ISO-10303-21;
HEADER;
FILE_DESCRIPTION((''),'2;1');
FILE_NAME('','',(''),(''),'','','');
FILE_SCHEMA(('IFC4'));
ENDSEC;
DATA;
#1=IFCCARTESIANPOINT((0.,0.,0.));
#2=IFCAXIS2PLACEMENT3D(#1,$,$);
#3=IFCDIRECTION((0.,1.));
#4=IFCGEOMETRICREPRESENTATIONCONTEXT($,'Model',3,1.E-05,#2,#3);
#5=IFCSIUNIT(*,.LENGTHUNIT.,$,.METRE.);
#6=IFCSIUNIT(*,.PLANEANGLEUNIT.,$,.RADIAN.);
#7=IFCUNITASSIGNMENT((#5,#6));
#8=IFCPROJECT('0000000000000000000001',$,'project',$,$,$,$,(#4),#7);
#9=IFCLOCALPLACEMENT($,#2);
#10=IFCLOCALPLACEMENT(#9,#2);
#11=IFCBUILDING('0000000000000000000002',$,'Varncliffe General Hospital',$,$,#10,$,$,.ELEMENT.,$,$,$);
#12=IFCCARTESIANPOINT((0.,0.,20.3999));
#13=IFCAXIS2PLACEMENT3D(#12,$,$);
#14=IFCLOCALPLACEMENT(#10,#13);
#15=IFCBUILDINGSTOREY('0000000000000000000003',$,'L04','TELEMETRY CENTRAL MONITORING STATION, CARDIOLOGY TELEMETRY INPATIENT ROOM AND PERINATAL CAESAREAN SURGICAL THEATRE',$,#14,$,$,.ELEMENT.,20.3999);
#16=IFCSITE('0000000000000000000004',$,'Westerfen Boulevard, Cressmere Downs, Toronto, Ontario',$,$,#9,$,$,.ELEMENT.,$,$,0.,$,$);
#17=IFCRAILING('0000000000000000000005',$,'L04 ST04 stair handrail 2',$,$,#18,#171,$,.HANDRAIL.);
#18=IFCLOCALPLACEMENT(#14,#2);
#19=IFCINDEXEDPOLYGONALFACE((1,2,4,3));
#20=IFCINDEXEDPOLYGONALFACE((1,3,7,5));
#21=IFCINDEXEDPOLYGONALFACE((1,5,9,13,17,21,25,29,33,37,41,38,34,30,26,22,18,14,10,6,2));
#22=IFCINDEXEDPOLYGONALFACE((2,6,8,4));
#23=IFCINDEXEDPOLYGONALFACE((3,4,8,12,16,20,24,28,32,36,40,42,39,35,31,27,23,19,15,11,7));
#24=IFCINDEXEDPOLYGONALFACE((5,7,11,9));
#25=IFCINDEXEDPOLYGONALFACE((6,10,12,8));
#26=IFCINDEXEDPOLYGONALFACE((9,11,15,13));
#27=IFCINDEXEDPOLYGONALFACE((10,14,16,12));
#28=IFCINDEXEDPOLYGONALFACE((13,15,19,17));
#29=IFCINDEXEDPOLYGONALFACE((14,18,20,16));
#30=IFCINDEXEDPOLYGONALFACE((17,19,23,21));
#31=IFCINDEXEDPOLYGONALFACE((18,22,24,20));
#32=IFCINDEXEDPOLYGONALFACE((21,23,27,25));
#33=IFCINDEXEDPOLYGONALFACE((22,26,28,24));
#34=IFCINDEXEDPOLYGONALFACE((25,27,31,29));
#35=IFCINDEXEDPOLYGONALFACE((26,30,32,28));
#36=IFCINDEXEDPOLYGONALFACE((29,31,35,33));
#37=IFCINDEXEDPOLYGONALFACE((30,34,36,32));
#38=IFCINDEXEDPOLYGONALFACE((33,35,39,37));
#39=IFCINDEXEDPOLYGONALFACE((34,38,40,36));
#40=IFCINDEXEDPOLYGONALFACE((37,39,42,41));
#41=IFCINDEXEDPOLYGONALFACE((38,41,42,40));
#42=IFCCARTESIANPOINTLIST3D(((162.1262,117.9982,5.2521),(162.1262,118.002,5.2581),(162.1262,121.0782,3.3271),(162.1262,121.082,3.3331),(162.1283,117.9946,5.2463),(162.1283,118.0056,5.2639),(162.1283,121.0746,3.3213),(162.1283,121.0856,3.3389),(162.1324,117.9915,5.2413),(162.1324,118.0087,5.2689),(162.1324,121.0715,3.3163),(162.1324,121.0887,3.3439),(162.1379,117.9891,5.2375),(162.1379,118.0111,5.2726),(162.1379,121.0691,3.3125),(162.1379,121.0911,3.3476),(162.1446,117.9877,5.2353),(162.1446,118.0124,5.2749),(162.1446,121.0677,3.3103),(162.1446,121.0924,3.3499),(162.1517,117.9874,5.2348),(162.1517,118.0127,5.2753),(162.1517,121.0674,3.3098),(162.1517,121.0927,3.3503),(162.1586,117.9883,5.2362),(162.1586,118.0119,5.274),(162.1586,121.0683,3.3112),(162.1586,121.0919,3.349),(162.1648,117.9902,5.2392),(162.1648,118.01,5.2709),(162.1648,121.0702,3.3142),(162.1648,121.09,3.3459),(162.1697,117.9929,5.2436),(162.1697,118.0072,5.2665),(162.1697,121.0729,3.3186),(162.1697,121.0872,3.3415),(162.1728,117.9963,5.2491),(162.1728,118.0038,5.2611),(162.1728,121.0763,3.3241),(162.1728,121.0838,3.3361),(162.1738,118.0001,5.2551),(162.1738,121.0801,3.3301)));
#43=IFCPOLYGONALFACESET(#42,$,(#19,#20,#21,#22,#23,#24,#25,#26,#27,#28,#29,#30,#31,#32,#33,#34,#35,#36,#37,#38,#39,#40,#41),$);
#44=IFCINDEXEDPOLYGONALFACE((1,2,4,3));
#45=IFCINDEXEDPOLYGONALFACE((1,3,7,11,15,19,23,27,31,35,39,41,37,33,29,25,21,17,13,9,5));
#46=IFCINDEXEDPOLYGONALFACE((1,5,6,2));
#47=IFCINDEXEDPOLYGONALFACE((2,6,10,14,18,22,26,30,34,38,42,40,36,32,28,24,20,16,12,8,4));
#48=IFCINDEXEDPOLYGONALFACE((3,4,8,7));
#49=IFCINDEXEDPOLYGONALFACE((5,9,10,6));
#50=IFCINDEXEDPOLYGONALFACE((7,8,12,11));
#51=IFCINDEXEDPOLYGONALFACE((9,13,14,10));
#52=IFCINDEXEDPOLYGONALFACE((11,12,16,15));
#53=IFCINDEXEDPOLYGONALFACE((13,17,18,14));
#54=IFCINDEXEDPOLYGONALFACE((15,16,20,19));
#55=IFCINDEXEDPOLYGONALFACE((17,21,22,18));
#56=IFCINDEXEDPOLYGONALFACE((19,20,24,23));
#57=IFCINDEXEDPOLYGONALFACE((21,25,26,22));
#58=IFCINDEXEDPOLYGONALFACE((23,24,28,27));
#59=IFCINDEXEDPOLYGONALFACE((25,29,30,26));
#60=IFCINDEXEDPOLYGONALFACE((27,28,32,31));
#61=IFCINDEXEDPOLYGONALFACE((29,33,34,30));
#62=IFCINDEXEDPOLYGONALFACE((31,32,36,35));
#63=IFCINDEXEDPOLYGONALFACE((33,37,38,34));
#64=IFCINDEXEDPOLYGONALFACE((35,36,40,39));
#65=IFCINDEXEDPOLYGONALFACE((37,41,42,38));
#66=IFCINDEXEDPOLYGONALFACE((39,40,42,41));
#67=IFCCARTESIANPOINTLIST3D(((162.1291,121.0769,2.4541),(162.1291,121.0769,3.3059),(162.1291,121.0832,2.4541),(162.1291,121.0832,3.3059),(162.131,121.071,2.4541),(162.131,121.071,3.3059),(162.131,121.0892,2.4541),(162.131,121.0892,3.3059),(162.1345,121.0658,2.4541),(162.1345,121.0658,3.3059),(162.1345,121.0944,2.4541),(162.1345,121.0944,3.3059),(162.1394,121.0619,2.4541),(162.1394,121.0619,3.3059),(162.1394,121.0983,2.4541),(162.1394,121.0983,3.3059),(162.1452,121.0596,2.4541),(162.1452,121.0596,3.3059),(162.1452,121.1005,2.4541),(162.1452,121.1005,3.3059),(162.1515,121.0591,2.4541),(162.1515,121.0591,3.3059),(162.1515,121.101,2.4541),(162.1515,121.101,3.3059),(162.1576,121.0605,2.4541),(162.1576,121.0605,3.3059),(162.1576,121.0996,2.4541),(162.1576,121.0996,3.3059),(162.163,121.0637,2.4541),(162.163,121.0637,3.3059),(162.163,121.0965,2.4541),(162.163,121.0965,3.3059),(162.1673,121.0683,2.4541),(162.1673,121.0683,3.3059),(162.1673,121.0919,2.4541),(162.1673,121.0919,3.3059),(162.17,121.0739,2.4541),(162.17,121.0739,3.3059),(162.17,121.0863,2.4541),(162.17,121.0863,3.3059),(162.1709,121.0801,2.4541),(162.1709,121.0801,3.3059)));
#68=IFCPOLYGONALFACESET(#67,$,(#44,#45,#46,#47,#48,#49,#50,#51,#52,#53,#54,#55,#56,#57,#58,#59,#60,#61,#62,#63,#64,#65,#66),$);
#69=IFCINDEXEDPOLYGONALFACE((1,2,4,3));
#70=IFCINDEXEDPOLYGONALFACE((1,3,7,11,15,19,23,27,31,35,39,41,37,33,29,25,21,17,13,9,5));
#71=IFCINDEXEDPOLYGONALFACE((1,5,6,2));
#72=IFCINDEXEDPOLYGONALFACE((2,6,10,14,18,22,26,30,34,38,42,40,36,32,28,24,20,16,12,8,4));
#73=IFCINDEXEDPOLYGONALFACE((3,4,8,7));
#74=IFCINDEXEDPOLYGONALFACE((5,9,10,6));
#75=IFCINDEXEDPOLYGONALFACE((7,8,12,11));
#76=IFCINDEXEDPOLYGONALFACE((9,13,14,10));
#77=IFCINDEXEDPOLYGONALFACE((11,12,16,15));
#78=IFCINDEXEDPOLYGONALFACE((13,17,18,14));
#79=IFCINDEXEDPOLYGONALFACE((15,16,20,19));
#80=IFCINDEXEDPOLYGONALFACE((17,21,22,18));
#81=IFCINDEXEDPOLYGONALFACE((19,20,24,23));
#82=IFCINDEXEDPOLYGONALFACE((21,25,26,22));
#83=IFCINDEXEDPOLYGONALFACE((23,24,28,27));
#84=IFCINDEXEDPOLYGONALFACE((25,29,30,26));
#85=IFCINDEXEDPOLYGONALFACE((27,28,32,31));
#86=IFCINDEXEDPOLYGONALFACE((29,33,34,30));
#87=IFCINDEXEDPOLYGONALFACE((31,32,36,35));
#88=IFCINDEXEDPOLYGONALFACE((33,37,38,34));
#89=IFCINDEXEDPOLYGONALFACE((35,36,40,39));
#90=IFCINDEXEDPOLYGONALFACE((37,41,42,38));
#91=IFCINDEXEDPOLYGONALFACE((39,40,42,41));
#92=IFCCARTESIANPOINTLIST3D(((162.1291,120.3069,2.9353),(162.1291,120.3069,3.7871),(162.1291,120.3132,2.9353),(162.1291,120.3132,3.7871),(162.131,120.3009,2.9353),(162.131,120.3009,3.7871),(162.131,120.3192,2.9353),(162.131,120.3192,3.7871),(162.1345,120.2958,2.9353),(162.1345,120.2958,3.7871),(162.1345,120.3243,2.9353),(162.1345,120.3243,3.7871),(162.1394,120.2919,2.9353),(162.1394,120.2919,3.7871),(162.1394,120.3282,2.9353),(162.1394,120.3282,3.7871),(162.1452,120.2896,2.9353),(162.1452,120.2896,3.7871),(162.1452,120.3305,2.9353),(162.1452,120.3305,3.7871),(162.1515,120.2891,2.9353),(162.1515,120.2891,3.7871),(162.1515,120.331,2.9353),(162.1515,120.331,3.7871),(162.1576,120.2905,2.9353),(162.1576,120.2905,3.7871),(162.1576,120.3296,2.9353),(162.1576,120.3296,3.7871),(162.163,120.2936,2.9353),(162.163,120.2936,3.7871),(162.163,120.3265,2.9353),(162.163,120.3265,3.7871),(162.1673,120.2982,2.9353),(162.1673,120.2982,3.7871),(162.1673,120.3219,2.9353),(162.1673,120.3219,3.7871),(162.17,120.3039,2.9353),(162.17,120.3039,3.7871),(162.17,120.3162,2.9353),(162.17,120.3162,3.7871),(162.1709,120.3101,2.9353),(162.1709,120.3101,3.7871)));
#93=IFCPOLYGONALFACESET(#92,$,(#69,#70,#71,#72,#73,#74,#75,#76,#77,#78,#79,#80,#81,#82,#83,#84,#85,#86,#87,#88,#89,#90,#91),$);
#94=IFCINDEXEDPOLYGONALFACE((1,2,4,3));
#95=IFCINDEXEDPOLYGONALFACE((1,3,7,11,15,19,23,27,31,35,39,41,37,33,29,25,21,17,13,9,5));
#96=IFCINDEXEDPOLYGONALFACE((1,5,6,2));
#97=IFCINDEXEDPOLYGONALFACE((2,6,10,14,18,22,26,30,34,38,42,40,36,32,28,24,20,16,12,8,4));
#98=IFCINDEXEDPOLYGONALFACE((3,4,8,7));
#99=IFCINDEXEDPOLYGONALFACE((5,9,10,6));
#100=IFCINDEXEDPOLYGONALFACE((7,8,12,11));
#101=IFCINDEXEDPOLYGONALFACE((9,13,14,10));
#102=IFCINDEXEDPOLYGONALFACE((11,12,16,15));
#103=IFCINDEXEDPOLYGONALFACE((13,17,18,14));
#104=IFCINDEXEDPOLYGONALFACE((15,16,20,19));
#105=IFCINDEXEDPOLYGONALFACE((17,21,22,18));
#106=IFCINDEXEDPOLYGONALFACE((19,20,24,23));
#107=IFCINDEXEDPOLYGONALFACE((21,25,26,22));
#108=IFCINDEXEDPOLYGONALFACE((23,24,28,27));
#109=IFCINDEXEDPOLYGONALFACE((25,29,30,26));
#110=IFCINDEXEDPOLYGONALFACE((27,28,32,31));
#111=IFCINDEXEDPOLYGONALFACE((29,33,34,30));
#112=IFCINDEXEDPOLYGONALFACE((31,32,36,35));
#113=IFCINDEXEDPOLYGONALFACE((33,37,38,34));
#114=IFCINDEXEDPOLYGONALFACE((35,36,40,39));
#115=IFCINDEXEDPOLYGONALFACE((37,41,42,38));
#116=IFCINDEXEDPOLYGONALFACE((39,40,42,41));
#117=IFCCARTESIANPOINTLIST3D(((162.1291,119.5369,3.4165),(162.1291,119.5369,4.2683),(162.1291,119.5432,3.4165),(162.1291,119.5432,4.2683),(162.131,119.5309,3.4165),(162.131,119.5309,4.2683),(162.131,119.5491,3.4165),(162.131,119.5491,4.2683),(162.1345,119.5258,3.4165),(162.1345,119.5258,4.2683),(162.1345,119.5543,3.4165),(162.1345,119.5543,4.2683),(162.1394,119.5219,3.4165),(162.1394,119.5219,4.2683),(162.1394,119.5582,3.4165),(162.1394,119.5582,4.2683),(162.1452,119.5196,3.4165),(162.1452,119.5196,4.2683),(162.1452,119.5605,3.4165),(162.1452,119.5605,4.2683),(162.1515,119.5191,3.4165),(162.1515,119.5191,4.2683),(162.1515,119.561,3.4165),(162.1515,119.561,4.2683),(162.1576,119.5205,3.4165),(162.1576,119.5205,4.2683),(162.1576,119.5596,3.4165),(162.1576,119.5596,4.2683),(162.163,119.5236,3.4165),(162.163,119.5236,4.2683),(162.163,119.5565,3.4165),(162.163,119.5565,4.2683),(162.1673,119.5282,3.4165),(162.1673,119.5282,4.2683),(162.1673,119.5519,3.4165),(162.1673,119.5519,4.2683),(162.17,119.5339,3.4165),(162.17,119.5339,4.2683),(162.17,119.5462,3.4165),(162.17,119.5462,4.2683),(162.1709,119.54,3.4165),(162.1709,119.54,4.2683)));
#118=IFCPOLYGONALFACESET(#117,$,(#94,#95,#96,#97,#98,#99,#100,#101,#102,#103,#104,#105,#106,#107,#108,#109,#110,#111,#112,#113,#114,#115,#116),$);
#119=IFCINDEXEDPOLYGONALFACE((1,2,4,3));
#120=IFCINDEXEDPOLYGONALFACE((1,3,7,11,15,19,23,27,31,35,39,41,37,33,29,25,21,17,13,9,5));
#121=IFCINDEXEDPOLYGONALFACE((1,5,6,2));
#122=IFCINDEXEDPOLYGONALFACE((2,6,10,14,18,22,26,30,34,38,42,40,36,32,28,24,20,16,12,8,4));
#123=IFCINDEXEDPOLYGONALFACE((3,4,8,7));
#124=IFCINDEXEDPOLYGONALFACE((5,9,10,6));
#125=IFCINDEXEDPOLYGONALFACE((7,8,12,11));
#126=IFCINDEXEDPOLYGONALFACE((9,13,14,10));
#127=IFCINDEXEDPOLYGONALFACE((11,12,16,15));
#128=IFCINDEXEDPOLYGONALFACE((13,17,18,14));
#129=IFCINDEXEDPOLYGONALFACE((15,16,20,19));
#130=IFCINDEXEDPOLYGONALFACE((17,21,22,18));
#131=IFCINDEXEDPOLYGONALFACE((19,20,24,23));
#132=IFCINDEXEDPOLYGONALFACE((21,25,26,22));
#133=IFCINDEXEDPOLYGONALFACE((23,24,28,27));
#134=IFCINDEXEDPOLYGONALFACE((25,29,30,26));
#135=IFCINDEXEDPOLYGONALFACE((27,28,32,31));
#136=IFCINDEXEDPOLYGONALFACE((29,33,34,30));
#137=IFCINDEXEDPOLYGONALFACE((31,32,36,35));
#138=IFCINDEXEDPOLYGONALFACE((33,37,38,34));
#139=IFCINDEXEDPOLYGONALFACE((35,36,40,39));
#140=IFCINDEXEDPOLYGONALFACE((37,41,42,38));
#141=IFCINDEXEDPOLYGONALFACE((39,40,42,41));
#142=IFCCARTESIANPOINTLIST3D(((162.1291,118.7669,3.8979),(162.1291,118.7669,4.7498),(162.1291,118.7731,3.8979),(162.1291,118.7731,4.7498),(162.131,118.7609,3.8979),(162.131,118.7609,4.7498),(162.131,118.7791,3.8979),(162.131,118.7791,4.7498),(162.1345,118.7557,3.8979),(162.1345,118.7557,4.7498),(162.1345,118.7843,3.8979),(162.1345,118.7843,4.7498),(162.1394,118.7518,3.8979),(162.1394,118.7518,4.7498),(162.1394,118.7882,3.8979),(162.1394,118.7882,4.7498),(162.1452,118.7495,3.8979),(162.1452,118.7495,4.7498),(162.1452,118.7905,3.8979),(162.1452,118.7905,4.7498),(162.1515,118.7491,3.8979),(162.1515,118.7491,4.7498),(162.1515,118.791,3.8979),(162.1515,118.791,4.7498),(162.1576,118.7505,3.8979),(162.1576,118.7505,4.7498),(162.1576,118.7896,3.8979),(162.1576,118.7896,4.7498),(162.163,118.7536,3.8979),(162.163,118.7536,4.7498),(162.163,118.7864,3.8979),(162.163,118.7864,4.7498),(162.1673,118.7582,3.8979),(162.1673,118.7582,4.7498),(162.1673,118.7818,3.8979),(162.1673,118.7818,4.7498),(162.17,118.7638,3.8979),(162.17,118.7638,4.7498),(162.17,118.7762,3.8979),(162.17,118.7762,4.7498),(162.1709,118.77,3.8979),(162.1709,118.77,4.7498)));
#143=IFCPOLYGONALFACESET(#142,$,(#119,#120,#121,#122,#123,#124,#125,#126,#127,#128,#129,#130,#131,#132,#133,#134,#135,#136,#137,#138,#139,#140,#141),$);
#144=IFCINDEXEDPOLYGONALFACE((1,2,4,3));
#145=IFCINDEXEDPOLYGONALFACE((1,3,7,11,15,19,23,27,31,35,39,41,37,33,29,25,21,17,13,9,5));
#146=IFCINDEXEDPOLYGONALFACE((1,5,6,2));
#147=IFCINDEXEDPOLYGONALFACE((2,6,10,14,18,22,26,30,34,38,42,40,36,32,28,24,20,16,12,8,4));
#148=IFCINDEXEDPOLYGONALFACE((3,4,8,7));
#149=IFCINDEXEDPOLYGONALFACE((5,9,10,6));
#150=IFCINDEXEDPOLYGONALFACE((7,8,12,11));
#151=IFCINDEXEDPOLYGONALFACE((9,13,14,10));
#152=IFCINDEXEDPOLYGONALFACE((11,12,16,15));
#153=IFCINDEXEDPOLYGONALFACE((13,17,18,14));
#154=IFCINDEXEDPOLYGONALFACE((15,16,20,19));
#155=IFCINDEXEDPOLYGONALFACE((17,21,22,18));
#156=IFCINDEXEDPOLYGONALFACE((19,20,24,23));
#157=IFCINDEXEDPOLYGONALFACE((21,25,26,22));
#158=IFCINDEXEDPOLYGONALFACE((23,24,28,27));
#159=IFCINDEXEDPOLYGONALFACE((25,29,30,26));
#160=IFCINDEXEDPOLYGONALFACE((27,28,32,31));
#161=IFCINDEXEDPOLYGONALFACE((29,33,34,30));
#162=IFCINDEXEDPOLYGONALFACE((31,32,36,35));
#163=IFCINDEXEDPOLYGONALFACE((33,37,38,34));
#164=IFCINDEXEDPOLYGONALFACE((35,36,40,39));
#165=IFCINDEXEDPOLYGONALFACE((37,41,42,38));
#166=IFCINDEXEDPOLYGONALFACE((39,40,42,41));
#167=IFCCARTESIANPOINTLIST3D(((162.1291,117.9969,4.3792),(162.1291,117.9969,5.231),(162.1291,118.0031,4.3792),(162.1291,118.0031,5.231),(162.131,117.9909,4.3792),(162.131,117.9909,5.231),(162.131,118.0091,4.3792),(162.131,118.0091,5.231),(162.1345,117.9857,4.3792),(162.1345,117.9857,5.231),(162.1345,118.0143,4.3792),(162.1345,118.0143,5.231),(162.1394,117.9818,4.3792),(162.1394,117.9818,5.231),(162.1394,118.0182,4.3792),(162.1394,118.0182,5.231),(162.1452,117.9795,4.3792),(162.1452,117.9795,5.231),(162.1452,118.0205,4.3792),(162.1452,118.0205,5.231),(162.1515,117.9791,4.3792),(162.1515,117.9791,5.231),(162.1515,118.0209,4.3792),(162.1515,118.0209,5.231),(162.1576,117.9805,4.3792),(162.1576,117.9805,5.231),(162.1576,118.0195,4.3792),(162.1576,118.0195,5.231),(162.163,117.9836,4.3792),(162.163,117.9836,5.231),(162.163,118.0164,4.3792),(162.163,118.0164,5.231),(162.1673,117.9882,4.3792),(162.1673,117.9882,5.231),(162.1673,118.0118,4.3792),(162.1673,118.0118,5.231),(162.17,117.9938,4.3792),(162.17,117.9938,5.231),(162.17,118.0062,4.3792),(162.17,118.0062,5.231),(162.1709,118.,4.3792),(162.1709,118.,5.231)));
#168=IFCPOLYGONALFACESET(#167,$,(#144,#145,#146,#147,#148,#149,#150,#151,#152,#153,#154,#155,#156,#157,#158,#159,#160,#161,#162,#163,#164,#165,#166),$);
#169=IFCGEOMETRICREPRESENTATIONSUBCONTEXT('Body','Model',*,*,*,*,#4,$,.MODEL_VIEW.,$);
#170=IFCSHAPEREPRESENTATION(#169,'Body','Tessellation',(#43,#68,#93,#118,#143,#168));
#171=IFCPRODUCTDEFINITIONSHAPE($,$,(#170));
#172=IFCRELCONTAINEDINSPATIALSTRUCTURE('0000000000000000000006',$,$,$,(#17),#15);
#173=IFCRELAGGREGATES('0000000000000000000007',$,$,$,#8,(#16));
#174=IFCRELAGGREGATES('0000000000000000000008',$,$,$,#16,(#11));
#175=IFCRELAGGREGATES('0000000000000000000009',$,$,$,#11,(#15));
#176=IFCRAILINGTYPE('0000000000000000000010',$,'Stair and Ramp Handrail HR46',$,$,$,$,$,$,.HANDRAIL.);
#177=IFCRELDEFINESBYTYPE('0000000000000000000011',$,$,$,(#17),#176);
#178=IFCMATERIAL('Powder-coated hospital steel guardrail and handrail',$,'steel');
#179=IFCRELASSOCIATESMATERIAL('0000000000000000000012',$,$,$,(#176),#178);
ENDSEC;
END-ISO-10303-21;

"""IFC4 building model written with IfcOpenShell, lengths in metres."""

from ifc_helpers import new_model, si_unit, direction, frame, origin, origin_2d, place, context, subcontext, project, spatial, circle, extrude, material, type_object, element, save


model = new_model("IFC4")

# Units and contexts
model_context = context("Model", 3, precision=1e-05, world=origin(), true_north=direction((0.0, 1.0)))
body_context = subcontext(model_context, "Body", "Model", "MODEL_VIEW")
ifc_project = project(units=[si_unit("LENGTHUNIT", "METRE"), si_unit("PLANEANGLEUNIT", "RADIAN")], contexts=[model_context])

# Site, building, storey
site_placement = place(None, origin())
site = spatial("IfcSite", under=ifc_project, at=site_placement, Name="Westerfen Boulevard, Cressmere Downs, Toronto, Ontario", CompositionType="ELEMENT", RefElevation=0.0)
building_placement = place(site_placement, origin())
building = spatial("IfcBuilding", under=site, at=building_placement, Name="Varncliffe General Hospital", CompositionType="ELEMENT")
storey_placement = place(building_placement, frame((0.0, 0.0, 20.3999)))
storey = spatial("IfcBuildingStorey", under=building, at=storey_placement, Name="L04", Description="TELEMETRY CENTRAL MONITORING STATION, CARDIOLOGY TELEMETRY INPATIENT ROOM AND PERINATAL CAESAREAN SURGICAL THEATRE", CompositionType="ELEMENT", Elevation=20.3999)

# Railing
ifc_material_1 = material(Name="Powder-coated hospital steel guardrail and handrail", Category="steel")
railing_type_1 = type_object("IfcRailingType", Name="Stair and Ramp Handrail HR46", PredefinedType="HANDRAIL", material=ifc_material_1)
railing_1_placement = place(storey_placement, frame((162.1499, 121.0801, 2.4541)))
element("IfcRailing", 1, at=railing_1_placement, inside=storey, type_object=railing_type_1, Name="L04 ST04 stair handrail 2", PredefinedType="HANDRAIL", context=body_context, shape_type="SweptSolid", body=[
    extrude(circle(Radius=0.0239, at=origin_2d()), frame((0.0, 0.0, 0.876), z_axis=(0.0, -0.847998, 0.529999), x_axis=(1.0, 0.0, 0.0)), (0.0, 0.0, 1.0), 3.6321),
    extrude(circle(Radius=0.021, at=origin_2d()), origin(), (0.0, 0.0, 1.0), 0.8518),
    extrude(circle(Radius=0.021, at=origin_2d()), frame((0.0, -0.77, 0.4812)), (0.0, 0.0, 1.0), 0.8518),
    extrude(circle(Radius=0.021, at=origin_2d()), frame((0.0, -1.54, 0.9624)), (0.0, 0.0, 1.0), 0.8518),
    extrude(circle(Radius=0.021, at=origin_2d()), frame((0.0, -2.3101, 1.4438)), (0.0, 0.0, 1.0), 0.8518),
    extrude(circle(Radius=0.021, at=origin_2d()), frame((0.0, -3.0801, 1.925)), (0.0, 0.0, 1.0), 0.8518),
])

save(model, "model.ifc")
